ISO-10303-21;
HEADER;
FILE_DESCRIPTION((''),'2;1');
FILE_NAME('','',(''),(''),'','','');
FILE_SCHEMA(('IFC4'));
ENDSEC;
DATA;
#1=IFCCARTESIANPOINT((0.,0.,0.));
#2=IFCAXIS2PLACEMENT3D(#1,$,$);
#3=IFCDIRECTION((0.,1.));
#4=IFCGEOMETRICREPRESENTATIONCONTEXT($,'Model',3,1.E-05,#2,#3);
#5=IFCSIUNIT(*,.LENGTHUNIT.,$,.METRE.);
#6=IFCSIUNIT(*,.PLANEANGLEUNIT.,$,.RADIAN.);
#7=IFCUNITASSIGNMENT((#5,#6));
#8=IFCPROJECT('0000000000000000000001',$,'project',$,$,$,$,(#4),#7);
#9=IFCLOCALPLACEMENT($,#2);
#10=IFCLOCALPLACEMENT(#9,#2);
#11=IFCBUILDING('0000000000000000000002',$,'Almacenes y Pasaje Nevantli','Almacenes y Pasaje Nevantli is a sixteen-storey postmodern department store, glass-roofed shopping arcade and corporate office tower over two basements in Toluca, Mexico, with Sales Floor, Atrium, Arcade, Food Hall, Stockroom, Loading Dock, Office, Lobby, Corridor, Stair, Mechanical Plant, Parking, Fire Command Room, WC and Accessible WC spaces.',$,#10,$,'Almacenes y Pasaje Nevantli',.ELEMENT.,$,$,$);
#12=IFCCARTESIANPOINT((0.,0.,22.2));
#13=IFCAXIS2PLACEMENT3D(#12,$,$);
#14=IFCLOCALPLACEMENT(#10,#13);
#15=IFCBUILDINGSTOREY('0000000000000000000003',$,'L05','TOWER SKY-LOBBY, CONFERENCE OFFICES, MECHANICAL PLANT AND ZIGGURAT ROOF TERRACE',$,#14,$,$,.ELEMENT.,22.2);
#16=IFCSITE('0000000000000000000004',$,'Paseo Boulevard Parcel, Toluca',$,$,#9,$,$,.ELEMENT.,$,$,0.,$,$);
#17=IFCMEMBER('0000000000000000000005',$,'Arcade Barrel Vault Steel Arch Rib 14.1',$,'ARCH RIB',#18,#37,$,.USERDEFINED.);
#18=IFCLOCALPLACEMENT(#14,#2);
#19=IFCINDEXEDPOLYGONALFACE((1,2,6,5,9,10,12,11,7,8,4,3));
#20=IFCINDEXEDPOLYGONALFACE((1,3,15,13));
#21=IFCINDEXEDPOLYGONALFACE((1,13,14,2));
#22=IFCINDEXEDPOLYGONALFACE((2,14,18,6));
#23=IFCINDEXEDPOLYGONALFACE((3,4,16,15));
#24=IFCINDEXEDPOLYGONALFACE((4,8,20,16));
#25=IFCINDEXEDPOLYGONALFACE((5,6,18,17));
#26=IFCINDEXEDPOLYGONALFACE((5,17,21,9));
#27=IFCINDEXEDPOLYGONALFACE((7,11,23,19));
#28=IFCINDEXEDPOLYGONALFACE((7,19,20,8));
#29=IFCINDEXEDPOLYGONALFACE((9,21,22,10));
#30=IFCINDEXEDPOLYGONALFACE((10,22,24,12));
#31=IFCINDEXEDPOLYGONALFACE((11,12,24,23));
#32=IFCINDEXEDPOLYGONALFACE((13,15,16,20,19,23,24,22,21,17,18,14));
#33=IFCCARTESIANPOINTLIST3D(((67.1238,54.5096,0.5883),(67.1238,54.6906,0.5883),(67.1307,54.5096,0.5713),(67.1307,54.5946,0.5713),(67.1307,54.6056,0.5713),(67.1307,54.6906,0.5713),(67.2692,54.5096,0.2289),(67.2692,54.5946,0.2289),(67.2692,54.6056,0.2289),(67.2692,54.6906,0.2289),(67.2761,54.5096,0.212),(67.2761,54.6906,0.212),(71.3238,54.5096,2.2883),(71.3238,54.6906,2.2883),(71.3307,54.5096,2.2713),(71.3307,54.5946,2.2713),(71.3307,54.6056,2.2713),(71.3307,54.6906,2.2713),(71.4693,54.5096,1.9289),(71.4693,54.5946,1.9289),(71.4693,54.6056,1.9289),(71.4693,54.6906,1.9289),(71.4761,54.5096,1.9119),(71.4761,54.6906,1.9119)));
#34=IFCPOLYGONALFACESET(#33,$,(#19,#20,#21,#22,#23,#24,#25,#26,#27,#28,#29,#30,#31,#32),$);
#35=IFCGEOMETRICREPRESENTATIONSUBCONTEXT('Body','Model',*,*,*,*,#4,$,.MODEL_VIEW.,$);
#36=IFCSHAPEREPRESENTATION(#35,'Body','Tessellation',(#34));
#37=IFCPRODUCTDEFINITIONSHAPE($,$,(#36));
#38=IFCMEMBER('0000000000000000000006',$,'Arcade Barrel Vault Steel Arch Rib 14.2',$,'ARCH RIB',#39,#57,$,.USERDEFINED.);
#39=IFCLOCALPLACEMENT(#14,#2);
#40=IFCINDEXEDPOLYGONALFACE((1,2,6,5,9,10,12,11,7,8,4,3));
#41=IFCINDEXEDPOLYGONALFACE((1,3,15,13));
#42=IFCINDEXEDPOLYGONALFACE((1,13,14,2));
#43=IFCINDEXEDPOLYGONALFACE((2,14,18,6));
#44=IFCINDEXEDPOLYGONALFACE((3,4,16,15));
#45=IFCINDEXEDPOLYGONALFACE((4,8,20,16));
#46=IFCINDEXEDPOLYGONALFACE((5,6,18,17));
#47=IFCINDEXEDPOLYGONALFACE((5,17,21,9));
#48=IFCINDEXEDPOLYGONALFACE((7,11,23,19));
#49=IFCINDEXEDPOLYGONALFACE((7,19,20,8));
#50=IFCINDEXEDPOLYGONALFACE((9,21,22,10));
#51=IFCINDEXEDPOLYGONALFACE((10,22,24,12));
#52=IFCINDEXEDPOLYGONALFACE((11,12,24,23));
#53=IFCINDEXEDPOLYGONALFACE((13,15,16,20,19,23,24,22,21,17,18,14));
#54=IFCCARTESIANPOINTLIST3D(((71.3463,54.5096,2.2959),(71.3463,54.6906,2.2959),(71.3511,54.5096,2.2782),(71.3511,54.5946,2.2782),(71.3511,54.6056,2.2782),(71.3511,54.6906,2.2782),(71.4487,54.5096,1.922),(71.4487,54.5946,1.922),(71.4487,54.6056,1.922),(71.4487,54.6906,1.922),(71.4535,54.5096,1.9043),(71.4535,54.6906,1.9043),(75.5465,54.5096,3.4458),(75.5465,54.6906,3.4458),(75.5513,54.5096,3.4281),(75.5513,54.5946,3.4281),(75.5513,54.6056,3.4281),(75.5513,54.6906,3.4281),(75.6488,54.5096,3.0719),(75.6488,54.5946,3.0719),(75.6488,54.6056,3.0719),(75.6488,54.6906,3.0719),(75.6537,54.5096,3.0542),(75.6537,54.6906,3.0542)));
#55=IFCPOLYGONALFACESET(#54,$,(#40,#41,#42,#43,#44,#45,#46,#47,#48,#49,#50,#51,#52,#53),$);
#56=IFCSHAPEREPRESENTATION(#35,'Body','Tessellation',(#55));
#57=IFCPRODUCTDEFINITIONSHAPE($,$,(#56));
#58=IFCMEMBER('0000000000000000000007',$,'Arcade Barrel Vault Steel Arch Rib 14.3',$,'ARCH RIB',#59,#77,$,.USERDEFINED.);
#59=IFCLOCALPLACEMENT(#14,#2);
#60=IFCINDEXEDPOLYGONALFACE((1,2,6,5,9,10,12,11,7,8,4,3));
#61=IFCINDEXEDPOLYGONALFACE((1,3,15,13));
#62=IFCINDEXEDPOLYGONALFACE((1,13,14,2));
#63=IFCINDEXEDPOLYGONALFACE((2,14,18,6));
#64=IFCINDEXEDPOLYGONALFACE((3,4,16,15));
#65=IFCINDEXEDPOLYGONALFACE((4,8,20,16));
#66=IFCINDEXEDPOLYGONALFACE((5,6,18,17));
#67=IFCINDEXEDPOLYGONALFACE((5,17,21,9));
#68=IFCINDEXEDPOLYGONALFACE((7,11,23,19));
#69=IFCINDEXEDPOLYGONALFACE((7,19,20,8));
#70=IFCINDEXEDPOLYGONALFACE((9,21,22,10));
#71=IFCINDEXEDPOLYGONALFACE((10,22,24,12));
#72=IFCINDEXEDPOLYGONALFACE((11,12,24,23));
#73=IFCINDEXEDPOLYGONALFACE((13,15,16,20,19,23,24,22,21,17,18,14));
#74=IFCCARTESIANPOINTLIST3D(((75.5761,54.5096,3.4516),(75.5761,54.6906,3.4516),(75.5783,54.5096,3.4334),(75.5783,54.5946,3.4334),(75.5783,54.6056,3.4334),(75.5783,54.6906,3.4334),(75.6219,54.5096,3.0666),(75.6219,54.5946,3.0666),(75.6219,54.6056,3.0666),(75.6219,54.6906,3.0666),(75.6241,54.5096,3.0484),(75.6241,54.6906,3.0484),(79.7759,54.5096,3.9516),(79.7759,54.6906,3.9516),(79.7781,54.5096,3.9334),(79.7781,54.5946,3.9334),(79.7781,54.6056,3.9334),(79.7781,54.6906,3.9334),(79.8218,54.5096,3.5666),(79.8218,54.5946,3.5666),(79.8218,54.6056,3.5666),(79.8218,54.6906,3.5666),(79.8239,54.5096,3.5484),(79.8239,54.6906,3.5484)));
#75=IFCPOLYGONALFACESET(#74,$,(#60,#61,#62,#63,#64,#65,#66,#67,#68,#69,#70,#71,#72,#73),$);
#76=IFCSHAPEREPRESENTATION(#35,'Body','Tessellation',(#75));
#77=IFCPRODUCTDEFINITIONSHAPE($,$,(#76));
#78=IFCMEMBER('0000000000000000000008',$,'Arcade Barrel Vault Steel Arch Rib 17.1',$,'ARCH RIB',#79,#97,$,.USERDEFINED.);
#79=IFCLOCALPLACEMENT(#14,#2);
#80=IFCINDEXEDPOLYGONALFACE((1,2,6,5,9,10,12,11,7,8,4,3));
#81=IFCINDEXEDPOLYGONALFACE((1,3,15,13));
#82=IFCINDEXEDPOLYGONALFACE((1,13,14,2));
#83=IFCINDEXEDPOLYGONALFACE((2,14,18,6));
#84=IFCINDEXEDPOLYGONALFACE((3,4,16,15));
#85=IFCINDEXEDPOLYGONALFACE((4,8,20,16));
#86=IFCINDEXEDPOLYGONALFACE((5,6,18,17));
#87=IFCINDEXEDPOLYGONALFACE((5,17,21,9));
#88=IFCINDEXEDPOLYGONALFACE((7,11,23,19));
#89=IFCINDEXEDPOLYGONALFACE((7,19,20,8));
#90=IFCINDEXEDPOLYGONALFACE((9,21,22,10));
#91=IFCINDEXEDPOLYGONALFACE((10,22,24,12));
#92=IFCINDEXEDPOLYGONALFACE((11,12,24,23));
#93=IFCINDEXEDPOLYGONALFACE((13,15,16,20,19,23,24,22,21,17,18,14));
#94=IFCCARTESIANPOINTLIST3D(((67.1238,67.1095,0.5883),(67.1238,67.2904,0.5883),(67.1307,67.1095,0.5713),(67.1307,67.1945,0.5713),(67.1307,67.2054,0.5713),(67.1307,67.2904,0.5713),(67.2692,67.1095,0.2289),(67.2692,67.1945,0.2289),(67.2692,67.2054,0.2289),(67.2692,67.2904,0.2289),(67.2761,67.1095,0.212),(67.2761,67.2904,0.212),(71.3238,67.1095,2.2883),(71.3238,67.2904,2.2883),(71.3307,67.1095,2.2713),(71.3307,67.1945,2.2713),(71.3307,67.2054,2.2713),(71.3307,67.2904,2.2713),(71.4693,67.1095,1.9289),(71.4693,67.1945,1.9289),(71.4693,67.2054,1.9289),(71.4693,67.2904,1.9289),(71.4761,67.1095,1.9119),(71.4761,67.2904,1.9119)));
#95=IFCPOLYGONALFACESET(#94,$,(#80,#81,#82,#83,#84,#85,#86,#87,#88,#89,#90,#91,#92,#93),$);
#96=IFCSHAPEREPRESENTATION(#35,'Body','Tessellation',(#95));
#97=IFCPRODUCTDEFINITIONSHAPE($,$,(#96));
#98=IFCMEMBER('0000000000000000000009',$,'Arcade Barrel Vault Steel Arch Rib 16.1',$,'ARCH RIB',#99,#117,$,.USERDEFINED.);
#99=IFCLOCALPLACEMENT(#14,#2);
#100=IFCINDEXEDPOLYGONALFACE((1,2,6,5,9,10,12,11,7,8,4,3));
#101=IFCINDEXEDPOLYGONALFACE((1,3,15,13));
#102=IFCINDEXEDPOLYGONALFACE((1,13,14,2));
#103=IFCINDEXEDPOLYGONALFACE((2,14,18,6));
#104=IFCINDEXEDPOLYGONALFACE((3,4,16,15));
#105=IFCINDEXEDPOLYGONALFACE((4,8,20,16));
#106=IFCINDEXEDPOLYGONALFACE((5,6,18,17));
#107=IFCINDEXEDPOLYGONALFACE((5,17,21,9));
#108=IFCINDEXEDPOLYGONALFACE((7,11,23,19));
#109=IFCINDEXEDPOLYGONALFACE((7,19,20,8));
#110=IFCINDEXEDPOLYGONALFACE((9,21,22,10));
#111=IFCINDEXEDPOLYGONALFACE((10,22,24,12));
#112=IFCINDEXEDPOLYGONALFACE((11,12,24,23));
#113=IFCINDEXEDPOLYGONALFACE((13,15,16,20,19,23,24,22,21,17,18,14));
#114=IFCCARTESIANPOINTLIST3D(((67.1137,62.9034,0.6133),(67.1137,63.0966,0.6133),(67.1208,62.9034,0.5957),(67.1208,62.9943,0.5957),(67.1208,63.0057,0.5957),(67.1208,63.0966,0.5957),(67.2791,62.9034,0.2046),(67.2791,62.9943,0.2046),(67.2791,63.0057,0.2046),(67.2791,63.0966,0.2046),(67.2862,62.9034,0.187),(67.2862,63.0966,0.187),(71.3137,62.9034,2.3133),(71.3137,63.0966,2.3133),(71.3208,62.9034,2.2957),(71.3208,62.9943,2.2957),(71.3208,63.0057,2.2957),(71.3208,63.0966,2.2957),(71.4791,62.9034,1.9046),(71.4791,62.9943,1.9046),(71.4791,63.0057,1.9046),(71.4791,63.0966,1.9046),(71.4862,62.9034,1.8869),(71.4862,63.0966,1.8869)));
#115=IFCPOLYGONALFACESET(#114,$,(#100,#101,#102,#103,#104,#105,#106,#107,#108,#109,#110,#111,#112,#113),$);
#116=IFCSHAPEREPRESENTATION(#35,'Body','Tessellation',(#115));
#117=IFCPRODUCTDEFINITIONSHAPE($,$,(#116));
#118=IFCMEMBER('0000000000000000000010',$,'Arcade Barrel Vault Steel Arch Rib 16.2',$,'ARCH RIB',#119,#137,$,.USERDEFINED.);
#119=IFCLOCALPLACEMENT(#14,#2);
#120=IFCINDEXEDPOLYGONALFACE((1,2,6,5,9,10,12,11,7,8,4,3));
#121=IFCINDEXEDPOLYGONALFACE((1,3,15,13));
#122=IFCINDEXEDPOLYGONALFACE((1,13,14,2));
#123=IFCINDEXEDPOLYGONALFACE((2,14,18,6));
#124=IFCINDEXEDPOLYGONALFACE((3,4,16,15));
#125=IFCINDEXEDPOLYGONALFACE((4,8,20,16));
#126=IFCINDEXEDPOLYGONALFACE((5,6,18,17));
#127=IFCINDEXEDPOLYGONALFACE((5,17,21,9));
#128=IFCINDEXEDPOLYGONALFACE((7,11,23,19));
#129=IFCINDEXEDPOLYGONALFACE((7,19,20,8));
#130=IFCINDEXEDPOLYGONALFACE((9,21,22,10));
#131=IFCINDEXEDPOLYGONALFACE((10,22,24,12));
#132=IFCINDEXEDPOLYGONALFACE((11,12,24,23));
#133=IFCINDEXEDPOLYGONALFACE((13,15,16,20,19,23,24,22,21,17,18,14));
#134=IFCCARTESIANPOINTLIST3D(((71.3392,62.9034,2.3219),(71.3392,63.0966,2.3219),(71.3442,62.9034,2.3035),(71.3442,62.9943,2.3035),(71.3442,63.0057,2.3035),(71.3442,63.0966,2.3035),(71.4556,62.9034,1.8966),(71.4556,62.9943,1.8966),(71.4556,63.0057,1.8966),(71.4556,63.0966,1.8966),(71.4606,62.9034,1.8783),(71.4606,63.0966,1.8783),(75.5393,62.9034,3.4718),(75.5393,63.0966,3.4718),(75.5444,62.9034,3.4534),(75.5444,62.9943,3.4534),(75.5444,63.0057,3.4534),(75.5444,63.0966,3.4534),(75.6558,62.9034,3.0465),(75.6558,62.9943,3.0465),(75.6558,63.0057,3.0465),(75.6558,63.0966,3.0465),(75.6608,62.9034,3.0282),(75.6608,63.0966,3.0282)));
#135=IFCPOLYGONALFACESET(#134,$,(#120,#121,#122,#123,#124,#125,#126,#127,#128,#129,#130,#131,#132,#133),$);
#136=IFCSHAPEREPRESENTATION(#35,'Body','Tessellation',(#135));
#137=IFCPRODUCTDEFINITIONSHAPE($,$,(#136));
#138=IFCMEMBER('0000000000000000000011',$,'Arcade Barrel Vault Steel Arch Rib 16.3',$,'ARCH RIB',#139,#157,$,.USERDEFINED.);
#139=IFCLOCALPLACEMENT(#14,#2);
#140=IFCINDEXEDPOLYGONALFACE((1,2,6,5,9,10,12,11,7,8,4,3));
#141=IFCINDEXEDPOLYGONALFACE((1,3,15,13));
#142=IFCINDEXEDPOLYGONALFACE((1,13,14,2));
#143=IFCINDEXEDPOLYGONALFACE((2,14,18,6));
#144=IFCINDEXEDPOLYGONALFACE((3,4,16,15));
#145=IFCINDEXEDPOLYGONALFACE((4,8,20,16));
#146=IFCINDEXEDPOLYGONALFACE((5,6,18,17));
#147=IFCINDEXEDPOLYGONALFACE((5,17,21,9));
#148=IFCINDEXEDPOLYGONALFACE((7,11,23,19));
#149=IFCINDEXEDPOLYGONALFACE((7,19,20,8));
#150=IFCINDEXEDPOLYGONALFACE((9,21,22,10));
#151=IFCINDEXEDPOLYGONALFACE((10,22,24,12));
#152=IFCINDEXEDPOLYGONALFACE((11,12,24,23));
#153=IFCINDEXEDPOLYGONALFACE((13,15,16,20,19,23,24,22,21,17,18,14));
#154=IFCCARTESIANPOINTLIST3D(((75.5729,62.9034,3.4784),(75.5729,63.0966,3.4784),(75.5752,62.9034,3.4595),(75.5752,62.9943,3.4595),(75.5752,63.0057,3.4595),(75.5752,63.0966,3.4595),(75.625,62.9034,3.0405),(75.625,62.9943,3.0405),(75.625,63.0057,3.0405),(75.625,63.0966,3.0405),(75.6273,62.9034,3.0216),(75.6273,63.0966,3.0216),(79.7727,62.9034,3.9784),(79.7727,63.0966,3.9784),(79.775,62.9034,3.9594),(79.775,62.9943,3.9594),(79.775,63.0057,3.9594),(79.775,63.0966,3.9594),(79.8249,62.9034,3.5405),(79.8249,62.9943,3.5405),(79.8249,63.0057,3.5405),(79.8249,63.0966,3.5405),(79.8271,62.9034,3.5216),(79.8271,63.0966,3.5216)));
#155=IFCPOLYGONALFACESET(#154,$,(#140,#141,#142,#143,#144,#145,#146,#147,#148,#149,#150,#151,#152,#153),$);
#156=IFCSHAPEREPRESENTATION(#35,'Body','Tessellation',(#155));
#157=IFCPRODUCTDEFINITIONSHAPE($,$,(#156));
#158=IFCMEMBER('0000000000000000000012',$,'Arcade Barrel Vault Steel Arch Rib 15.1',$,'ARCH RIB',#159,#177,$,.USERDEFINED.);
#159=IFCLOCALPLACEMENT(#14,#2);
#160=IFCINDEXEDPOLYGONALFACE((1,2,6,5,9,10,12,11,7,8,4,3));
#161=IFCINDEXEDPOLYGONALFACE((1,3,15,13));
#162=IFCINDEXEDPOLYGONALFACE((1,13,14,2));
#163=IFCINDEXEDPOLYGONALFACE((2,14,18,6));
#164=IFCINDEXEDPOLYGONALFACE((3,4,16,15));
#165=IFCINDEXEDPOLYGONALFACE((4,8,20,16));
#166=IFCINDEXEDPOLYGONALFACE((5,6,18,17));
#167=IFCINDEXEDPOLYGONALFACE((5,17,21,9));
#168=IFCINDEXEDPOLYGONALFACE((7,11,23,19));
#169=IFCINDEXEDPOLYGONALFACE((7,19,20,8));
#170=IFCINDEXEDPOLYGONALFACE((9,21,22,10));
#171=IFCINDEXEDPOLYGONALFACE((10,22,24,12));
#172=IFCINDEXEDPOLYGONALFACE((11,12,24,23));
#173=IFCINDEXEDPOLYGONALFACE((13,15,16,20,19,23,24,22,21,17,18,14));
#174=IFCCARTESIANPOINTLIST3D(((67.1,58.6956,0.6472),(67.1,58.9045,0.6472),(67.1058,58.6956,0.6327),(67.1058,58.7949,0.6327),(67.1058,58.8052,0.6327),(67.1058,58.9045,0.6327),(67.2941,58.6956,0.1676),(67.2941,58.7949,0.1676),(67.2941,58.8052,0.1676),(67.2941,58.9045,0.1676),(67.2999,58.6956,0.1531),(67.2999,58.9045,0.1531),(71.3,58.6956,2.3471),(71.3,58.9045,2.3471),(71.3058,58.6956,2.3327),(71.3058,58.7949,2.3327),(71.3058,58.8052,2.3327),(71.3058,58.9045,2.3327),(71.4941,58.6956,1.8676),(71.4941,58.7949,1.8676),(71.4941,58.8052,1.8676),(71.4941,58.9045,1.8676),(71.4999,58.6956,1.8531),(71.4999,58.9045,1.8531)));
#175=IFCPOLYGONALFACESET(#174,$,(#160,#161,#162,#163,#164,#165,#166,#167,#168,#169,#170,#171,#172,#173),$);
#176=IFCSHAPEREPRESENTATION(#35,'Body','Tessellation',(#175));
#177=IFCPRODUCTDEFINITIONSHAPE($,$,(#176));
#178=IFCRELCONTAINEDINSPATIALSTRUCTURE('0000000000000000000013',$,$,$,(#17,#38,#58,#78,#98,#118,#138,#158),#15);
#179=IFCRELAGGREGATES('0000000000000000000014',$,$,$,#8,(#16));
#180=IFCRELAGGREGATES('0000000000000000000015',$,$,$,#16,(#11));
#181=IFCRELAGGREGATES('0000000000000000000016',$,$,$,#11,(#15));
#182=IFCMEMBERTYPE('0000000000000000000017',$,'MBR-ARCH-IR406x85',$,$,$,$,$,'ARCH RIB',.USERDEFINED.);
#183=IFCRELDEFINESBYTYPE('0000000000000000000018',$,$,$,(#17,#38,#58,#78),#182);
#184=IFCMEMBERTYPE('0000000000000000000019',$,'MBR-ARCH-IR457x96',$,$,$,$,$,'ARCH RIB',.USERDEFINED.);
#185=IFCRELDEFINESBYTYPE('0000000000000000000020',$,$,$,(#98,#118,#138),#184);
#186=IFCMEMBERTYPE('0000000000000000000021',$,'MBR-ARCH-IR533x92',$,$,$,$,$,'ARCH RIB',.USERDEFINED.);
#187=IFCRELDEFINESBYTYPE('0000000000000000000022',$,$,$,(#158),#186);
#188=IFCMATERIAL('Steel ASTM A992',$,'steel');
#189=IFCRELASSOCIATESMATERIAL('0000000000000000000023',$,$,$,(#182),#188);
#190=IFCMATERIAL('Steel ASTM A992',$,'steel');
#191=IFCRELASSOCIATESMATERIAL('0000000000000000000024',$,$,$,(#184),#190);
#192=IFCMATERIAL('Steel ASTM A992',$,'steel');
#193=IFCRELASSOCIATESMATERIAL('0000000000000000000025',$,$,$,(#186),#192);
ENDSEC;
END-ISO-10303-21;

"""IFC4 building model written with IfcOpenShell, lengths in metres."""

from ifc_helpers import new_model, si_unit, direction, frame, origin, origin_2d, place, context, subcontext, project, spatial, i_section, extrude, material, material_profile, profile_set, type_object, element, save


model = new_model("IFC4")

# Units and contexts
model_context = context("Model", 3, precision=1e-05, world=origin(), true_north=direction((0.0, 1.0)))
body_context = subcontext(model_context, "Body", "Model", "MODEL_VIEW")
ifc_project = project(units=[si_unit("LENGTHUNIT", "METRE"), si_unit("PLANEANGLEUNIT", "RADIAN")], contexts=[model_context])

# Site, building, storey
site_placement = place(None, origin())
site = spatial("IfcSite", under=ifc_project, at=site_placement, Name="Paseo Boulevard Parcel, Toluca", CompositionType="ELEMENT", RefElevation=0.0)
building_placement = place(site_placement, origin())
building = spatial("IfcBuilding", under=site, at=building_placement, Name="Almacenes y Pasaje Nevantli", Description="Almacenes y Pasaje Nevantli is a sixteen-storey postmodern department store, glass-roofed shopping arcade and corporate office tower over two basements in Toluca, Mexico, with Sales Floor, Atrium, Arcade, Food Hall, Stockroom, Loading Dock, Office, Lobby, Corridor, Stair, Mechanical Plant, Parking, Fire Command Room, WC and Accessible WC spaces.", LongName="Almacenes y Pasaje Nevantli", CompositionType="ELEMENT")
storey_placement = place(building_placement, frame((0.0, 0.0, 22.2)))
storey = spatial("IfcBuildingStorey", under=building, at=storey_placement, Name="L05", Description="TOWER SKY-LOBBY, CONFERENCE OFFICES, MECHANICAL PLANT AND ZIGGURAT ROOF TERRACE", CompositionType="ELEMENT", Elevation=22.2)

# Members
ifc_material_1 = material(Name="Steel ASTM A992", Category="steel")
ifc_material_profile_1 = material_profile(ifc_material_1, i_section(OverallWidth=0.1809, OverallDepth=0.406, WebThickness=0.011, FlangeThickness=0.0183, at=origin_2d()), Name="IR 406x85.0")
ifc_profile_set_1 = profile_set([ifc_material_profile_1], Name="Steel ASTM A992")
member_type_1 = type_object("IfcMemberType", Name="MBR-ARCH-IR406x85", ElementType="ARCH RIB", PredefinedType="USERDEFINED", material=ifc_profile_set_1)
member_1_placement = place(storey_placement, frame((67.2, 54.6001, 0.4001), z_axis=(0.926949, 0.0, 0.375187), x_axis=(0.0, 1.0, 0.0)))
element("IfcMember", 1, at=member_1_placement, inside=storey, type_object=member_type_1, Name="Arcade Barrel Vault Steel Arch Rib 14.1", ObjectType="ARCH RIB", PredefinedType="USERDEFINED", context=body_context, shape_type="SweptSolid", body=[
    extrude(i_section(OverallWidth=0.1809, OverallDepth=0.406, WebThickness=0.011, FlangeThickness=0.0183, at=origin_2d()), origin(), (0.0, 0.0, 1.0), 4.531),
])
member_2_placement = place(storey_placement, frame((71.3999, 54.6001, 2.1001), z_axis=(0.964507, 0.0, 0.264057), x_axis=(0.0, 1.0, 0.0)))
element("IfcMember", 2, at=member_2_placement, inside=storey, type_object=member_type_1, Name="Arcade Barrel Vault Steel Arch Rib 14.2", ObjectType="ARCH RIB", PredefinedType="USERDEFINED", context=body_context, shape_type="SweptSolid", body=[
    extrude(i_section(OverallWidth=0.1809, OverallDepth=0.406, WebThickness=0.011, FlangeThickness=0.0183, at=origin_2d()), origin(), (0.0, 0.0, 1.0), 4.3547),
])
member_3_placement = place(storey_placement, frame((75.6001, 54.6001, 3.25), z_axis=(0.992988, 0.0, 0.118214), x_axis=(0.0, 1.0, 0.0)))
element("IfcMember", 3, at=member_3_placement, inside=storey, type_object=member_type_1, Name="Arcade Barrel Vault Steel Arch Rib 14.3", ObjectType="ARCH RIB", PredefinedType="USERDEFINED", context=body_context, shape_type="SweptSolid", body=[
    extrude(i_section(OverallWidth=0.1809, OverallDepth=0.406, WebThickness=0.011, FlangeThickness=0.0183, at=origin_2d()), origin(), (0.0, 0.0, 1.0), 4.2295),
])
member_4_placement = place(storey_placement, frame((67.2, 67.2, 0.4001), z_axis=(0.926949, 0.0, 0.375187), x_axis=(0.0, 1.0, 0.0)))
element("IfcMember", 4, at=member_4_placement, inside=storey, type_object=member_type_1, Name="Arcade Barrel Vault Steel Arch Rib 17.1", ObjectType="ARCH RIB", PredefinedType="USERDEFINED", context=body_context, shape_type="SweptSolid", body=[
    extrude(i_section(OverallWidth=0.1809, OverallDepth=0.406, WebThickness=0.011, FlangeThickness=0.0183, at=origin_2d()), origin(), (0.0, 0.0, 1.0), 4.531),
])
ifc_material_2 = material(Name="Steel ASTM A992", Category="steel")
ifc_material_profile_2 = material_profile(ifc_material_2, i_section(OverallWidth=0.1931, OverallDepth=0.46, WebThickness=0.0115, FlangeThickness=0.019, at=origin_2d()), Name="IR 457x96.7")
ifc_profile_set_2 = profile_set([ifc_material_profile_2], Name="Steel ASTM A992")
member_type_2 = type_object("IfcMemberType", Name="MBR-ARCH-IR457x96", ElementType="ARCH RIB", PredefinedType="USERDEFINED", material=ifc_profile_set_2)
member_5_placement = place(storey_placement, frame((67.2, 63.0, 0.4001), z_axis=(0.926949, 0.0, 0.375187), x_axis=(0.0, 1.0, 0.0)))
element("IfcMember", 5, at=member_5_placement, inside=storey, type_object=member_type_2, Name="Arcade Barrel Vault Steel Arch Rib 16.1", ObjectType="ARCH RIB", PredefinedType="USERDEFINED", context=body_context, shape_type="SweptSolid", body=[
    extrude(i_section(OverallWidth=0.1931, OverallDepth=0.46, WebThickness=0.0115, FlangeThickness=0.019, at=origin_2d()), origin(), (0.0, 0.0, 1.0), 4.531),
])
member_6_placement = place(storey_placement, frame((71.3999, 63.0, 2.1001), z_axis=(0.964507, 0.0, 0.264057), x_axis=(0.0, 1.0, 0.0)))
element("IfcMember", 6, at=member_6_placement, inside=storey, type_object=member_type_2, Name="Arcade Barrel Vault Steel Arch Rib 16.2", ObjectType="ARCH RIB", PredefinedType="USERDEFINED", context=body_context, shape_type="SweptSolid", body=[
    extrude(i_section(OverallWidth=0.1931, OverallDepth=0.46, WebThickness=0.0115, FlangeThickness=0.019, at=origin_2d()), origin(), (0.0, 0.0, 1.0), 4.3547),
])
member_7_placement = place(storey_placement, frame((75.6001, 63.0, 3.25), z_axis=(0.992988, 0.0, 0.118214), x_axis=(0.0, 1.0, 0.0)))
element("IfcMember", 7, at=member_7_placement, inside=storey, type_object=member_type_2, Name="Arcade Barrel Vault Steel Arch Rib 16.3", ObjectType="ARCH RIB", PredefinedType="USERDEFINED", context=body_context, shape_type="SweptSolid", body=[
    extrude(i_section(OverallWidth=0.1931, OverallDepth=0.46, WebThickness=0.0115, FlangeThickness=0.019, at=origin_2d()), origin(), (0.0, 0.0, 1.0), 4.2295),
])
ifc_material_3 = material(Name="Steel ASTM A992", Category="steel")
ifc_material_profile_3 = material_profile(ifc_material_3, i_section(OverallWidth=0.209, OverallDepth=0.533, WebThickness=0.0103, FlangeThickness=0.0156, at=origin_2d()), Name="IR 533x92.5")
ifc_profile_set_3 = profile_set([ifc_material_profile_3], Name="Steel ASTM A992")
member_type_3 = type_object("IfcMemberType", Name="MBR-ARCH-IR533x92", ElementType="ARCH RIB", PredefinedType="USERDEFINED", material=ifc_profile_set_3)
member_8_placement = place(storey_placement, frame((67.2, 58.8, 0.4001), z_axis=(0.926949, 0.0, 0.375187), x_axis=(0.0, 1.0, 0.0)))
element("IfcMember", 8, at=member_8_placement, inside=storey, type_object=member_type_3, Name="Arcade Barrel Vault Steel Arch Rib 15.1", ObjectType="ARCH RIB", PredefinedType="USERDEFINED", context=body_context, shape_type="SweptSolid", body=[
    extrude(i_section(OverallWidth=0.209, OverallDepth=0.533, WebThickness=0.0103, FlangeThickness=0.0156, at=origin_2d()), origin(), (0.0, 0.0, 1.0), 4.531),
])

save(model, "model.ifc")
